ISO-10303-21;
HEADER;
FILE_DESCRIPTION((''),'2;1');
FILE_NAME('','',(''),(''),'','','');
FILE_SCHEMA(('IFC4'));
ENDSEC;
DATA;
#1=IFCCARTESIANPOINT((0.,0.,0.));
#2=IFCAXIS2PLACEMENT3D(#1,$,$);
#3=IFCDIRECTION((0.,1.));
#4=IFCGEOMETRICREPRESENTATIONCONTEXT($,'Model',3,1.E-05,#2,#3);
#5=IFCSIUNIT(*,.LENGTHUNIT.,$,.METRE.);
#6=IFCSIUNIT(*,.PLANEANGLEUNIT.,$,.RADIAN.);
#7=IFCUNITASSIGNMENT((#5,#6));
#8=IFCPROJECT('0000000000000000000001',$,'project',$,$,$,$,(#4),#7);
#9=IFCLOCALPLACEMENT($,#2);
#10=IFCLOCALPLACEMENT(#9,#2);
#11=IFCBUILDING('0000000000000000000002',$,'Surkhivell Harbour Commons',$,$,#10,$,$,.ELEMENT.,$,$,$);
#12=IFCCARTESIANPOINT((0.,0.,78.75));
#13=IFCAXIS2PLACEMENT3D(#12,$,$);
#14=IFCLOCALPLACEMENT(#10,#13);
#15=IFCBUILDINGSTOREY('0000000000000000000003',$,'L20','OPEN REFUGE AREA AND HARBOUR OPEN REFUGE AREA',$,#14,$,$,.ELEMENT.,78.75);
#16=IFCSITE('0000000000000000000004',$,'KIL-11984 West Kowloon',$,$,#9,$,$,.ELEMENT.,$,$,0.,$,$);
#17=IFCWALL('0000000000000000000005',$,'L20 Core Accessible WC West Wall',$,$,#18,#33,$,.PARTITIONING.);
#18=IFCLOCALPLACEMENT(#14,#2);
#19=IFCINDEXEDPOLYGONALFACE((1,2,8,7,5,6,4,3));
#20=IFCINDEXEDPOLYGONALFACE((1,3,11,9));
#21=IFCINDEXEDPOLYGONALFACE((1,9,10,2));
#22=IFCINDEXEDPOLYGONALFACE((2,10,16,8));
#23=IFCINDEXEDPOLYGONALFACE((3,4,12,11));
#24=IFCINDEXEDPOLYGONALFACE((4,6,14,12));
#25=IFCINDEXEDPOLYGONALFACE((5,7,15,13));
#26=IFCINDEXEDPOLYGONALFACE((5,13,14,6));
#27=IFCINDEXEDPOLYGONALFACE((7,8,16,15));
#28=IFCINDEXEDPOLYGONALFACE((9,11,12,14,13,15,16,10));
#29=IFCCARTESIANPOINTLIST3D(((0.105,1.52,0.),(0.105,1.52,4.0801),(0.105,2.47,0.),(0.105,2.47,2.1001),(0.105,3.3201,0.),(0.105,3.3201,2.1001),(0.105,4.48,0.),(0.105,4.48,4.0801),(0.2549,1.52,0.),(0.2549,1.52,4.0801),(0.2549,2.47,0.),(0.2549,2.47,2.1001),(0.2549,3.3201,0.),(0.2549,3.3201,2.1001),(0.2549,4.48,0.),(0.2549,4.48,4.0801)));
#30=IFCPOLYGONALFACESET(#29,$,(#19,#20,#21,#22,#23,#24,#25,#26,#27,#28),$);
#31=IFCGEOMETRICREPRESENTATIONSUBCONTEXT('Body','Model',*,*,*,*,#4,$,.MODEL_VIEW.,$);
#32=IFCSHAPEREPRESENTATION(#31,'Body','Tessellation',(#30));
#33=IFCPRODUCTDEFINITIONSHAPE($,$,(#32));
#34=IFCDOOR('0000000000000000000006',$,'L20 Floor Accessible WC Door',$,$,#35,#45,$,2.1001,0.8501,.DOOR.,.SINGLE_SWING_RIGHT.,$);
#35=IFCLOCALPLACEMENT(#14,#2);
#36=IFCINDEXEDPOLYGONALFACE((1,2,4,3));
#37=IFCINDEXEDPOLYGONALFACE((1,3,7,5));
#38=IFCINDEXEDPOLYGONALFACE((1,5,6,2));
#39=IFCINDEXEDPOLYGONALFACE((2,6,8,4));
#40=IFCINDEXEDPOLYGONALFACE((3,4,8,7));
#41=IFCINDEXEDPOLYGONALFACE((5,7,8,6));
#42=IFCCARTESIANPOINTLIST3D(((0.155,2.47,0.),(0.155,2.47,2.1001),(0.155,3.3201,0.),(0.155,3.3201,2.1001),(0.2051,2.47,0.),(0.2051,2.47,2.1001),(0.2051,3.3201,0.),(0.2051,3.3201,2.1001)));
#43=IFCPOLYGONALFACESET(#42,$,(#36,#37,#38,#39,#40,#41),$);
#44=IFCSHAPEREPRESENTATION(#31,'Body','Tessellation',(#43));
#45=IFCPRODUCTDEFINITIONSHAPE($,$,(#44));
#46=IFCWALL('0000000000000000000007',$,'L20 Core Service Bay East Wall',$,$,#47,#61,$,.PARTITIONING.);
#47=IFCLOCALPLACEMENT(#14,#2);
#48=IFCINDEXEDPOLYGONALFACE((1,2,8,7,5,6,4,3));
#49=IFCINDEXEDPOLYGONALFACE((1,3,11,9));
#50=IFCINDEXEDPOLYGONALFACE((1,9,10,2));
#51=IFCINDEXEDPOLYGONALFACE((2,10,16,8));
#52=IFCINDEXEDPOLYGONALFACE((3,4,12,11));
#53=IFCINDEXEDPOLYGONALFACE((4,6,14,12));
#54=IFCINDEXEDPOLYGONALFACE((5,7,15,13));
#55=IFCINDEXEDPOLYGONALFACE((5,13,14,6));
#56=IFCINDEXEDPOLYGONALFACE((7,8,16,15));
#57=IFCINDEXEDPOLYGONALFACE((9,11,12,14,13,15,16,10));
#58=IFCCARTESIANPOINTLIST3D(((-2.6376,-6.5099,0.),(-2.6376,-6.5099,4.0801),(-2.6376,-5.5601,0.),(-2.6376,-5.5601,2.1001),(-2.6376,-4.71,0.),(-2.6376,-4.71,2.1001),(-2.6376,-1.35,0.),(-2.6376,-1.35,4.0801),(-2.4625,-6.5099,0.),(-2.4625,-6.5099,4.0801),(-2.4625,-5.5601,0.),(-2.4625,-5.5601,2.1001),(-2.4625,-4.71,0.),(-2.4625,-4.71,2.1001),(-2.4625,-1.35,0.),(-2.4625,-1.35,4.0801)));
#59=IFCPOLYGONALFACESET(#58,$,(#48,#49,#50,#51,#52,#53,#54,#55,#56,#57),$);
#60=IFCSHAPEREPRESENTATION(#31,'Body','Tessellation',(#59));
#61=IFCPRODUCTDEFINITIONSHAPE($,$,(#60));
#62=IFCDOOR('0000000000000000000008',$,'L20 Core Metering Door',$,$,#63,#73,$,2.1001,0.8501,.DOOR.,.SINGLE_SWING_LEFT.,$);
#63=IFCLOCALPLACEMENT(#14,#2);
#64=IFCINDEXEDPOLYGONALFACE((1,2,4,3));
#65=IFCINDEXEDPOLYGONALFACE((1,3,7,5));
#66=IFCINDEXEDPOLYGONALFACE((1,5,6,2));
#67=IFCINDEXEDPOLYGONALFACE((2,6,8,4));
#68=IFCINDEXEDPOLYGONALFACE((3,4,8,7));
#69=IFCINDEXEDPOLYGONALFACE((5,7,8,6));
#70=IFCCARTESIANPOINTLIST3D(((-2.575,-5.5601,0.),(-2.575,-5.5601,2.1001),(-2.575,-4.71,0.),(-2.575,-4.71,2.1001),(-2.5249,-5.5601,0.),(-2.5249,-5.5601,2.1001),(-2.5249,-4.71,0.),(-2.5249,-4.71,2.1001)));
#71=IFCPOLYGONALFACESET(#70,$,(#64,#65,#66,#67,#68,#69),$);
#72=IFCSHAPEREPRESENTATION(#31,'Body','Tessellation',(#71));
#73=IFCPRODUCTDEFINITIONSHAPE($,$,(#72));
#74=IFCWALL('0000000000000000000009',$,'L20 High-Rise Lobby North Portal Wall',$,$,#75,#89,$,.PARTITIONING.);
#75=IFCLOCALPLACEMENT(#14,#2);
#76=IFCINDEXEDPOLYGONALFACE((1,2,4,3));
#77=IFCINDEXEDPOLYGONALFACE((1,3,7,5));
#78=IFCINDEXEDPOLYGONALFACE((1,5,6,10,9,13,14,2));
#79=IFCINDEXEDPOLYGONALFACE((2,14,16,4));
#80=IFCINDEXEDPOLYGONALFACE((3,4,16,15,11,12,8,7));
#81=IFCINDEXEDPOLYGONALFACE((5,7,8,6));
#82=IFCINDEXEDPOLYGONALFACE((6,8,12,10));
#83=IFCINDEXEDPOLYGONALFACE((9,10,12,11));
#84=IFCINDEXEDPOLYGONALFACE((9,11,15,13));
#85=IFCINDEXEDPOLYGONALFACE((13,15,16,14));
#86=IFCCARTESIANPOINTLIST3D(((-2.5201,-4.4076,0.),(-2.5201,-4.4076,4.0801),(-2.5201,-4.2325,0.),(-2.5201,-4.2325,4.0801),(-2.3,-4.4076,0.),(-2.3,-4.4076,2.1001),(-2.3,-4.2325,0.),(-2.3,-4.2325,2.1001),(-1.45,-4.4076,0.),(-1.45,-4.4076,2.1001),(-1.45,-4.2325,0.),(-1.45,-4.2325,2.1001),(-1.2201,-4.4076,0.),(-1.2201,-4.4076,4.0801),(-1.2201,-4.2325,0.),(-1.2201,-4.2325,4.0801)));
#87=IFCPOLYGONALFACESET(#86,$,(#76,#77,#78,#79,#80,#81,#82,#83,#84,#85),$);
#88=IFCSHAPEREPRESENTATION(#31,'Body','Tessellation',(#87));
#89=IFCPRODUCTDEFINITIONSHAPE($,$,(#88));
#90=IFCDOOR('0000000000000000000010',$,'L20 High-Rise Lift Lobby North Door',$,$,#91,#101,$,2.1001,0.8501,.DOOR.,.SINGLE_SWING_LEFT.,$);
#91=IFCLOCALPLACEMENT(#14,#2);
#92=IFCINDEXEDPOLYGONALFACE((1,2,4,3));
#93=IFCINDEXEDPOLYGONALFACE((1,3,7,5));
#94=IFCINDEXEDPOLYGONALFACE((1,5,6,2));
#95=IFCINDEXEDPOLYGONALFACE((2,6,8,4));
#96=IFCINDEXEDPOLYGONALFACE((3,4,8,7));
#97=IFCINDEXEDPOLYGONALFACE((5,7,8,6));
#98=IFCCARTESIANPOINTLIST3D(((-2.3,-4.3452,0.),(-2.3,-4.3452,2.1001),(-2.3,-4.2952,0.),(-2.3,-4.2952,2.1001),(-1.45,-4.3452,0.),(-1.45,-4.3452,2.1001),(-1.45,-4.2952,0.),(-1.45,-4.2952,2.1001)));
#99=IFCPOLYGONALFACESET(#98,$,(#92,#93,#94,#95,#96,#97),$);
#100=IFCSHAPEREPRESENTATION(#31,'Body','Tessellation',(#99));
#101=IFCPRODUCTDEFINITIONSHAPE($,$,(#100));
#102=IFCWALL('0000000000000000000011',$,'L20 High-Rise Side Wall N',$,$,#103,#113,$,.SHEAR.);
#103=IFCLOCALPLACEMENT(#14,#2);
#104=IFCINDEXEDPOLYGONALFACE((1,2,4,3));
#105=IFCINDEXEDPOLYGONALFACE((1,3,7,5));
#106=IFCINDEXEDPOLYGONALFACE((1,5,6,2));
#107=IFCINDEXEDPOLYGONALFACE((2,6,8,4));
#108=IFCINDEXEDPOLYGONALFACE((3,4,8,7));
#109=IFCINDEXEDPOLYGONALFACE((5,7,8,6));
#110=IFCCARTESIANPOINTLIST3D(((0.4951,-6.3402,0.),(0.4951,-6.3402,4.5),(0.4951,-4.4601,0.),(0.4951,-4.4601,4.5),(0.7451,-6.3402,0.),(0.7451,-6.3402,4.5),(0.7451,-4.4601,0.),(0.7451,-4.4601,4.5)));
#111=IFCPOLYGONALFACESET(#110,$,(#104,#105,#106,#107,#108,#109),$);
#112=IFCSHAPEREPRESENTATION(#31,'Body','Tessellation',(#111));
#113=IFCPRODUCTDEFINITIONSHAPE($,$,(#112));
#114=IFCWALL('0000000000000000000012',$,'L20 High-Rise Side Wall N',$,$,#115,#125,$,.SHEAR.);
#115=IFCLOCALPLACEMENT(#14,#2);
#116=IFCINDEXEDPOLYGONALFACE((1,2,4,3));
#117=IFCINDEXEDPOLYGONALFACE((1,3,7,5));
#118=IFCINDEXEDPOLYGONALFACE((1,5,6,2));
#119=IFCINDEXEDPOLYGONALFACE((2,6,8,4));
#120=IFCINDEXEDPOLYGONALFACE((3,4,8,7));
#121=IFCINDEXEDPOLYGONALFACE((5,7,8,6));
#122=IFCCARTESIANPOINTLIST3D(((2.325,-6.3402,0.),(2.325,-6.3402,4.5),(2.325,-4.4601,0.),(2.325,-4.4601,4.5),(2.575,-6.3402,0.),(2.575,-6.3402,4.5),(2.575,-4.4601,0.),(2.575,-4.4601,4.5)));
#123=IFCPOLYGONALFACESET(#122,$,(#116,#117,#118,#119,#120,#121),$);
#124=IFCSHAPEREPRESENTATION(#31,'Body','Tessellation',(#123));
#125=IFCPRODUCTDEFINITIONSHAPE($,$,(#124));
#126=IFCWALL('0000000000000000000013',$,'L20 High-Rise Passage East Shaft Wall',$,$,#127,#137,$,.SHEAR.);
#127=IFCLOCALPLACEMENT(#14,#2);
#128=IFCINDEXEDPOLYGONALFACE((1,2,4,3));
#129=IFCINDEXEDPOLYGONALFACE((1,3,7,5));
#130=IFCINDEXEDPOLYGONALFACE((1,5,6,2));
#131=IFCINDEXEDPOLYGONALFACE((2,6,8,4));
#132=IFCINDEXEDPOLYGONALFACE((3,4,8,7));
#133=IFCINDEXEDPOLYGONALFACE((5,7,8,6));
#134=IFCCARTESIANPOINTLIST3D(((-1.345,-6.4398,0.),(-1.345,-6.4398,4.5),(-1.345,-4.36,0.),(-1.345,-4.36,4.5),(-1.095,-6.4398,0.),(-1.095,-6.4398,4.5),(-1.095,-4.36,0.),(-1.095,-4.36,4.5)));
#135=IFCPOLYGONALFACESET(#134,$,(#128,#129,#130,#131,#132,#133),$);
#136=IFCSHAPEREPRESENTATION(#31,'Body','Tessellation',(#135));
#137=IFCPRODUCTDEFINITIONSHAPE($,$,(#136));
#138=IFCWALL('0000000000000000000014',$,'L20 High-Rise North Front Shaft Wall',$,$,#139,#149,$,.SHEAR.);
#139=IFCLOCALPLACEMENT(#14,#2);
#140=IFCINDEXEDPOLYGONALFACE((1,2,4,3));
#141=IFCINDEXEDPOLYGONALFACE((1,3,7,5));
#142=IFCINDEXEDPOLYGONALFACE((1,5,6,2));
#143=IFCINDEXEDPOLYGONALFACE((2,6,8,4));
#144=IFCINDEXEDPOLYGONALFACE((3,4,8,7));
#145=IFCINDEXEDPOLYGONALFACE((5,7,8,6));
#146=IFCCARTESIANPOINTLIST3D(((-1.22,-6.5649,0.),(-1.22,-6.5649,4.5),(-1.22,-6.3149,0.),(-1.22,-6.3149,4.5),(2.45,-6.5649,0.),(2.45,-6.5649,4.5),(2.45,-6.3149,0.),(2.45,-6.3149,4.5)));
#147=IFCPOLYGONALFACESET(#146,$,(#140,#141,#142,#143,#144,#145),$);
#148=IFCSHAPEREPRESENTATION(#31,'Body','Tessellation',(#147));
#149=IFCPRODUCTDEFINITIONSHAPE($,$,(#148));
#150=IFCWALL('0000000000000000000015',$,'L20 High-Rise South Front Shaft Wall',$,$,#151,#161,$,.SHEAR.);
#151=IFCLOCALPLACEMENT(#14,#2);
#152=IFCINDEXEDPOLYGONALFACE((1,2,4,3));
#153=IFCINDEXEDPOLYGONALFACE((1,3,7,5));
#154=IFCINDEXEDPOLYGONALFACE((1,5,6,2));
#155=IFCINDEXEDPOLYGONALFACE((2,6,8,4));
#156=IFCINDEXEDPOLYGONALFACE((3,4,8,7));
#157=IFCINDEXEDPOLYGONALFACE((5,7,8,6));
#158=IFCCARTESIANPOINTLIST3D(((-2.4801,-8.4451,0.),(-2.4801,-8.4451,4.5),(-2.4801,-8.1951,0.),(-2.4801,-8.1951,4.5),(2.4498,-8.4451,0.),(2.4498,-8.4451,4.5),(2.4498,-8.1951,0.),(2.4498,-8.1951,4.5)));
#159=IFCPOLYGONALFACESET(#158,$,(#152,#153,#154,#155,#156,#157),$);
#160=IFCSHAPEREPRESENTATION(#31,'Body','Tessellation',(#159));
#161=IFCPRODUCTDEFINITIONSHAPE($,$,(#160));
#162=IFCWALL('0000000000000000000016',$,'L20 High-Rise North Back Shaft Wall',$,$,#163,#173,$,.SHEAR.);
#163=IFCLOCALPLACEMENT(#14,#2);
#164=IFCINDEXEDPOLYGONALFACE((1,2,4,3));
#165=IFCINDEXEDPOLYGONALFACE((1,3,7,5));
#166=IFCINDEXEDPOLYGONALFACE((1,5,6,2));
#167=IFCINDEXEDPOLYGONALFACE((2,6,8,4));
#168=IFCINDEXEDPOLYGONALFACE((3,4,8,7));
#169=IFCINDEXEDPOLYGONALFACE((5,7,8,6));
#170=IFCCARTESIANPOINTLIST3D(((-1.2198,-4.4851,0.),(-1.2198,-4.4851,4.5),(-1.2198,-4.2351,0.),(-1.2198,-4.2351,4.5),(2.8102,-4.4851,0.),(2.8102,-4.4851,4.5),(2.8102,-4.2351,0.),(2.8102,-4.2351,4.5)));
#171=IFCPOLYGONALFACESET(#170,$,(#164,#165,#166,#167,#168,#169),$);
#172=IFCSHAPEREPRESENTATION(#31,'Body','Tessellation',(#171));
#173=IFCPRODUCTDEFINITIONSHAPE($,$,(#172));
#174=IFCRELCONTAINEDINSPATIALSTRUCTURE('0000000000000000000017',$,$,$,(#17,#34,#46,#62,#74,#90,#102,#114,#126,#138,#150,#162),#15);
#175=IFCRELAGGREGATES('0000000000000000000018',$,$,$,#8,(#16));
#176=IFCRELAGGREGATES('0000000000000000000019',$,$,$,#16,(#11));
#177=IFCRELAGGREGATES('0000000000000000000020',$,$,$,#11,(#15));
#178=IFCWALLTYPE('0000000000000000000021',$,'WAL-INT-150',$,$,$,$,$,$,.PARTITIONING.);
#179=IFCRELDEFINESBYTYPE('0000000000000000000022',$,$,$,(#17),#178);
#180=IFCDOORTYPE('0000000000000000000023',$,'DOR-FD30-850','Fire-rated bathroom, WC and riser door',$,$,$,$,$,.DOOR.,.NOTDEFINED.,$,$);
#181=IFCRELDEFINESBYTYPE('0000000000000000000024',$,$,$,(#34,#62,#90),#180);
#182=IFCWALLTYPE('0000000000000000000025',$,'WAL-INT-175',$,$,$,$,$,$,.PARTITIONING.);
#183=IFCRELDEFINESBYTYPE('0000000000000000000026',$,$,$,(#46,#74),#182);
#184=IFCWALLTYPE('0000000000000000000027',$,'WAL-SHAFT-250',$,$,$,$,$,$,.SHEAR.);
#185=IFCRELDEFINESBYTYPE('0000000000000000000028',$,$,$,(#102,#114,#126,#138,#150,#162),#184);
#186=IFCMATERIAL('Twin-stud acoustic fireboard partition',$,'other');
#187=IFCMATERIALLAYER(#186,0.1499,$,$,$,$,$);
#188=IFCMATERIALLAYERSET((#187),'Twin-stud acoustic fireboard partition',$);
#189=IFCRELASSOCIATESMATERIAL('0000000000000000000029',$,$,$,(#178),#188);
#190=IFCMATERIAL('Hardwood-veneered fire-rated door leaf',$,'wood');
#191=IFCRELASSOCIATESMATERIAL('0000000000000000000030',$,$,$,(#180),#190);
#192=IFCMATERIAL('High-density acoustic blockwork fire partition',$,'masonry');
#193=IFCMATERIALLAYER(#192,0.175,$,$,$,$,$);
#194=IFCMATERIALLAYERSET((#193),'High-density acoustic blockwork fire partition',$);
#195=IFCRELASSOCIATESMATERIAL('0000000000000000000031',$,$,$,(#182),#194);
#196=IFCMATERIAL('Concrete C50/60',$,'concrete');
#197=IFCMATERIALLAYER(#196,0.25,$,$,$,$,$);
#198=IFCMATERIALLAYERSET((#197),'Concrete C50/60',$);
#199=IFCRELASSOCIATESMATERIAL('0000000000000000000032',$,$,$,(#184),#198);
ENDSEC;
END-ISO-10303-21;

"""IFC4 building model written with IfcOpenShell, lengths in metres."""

from ifc_helpers import new_model, si_unit, direction, frame, frame_2d, origin, place, context, subcontext, project, spatial, rectangle, extrude, material, layer, layer_set, type_object, element, fill, save


model = new_model("IFC4")

# Units and contexts
model_context = context("Model", 3, precision=1e-05, world=origin(), true_north=direction((0.0, 1.0)))
body_context = subcontext(model_context, "Body", "Model", "MODEL_VIEW")
ifc_project = project(units=[si_unit("LENGTHUNIT", "METRE"), si_unit("PLANEANGLEUNIT", "RADIAN")], contexts=[model_context])

# Site, building, storey
site_placement = place(None, origin())
site = spatial("IfcSite", under=ifc_project, at=site_placement, Name="KIL-11984 West Kowloon", CompositionType="ELEMENT", RefElevation=0.0)
building_placement = place(site_placement, origin())
building = spatial("IfcBuilding", under=site, at=building_placement, Name="Surkhivell Harbour Commons", CompositionType="ELEMENT")
storey_placement = place(building_placement, frame((0.0, 0.0, 78.75)))
storey = spatial("IfcBuildingStorey", under=building, at=storey_placement, Name="L20", Description="OPEN REFUGE AREA AND HARBOUR OPEN REFUGE AREA", CompositionType="ELEMENT", Elevation=78.75)

# Shared definitions
ifc_material_1 = material(Name="Concrete C50/60", Category="concrete")

# Shared definitions
ifc_material_2 = material(Name="Twin-stud acoustic fireboard partition", Category="other")
ifc_layer_1 = layer(ifc_material_2, 0.1499)
ifc_layer_set_1 = layer_set([ifc_layer_1], Name="Twin-stud acoustic fireboard partition")
wall_type_1 = type_object("IfcWallType", Name="WAL-INT-150", PredefinedType="PARTITIONING", material=ifc_layer_set_1)

# Walls, openings, doors
wall_1_placement = place(storey_placement, frame((0.1799, 1.52, 0.0), z_axis=(0.0, 0.0, 1.0), x_axis=(0.0, 1.0, 0.0)))
wall_1 = element("IfcWall", 1, at=wall_1_placement, inside=storey, type_object=wall_type_1, Name="L20 Core Accessible WC West Wall", PredefinedType="PARTITIONING", context=body_context, shape_type="SweptSolid", body=[
    extrude(rectangle(XDim=2.96, YDim=0.1499, at=frame_2d((1.48, 0.0))), origin(), (0.0, 0.0, 1.0), 4.0801),
])
opening_1_placement = place(wall_1_placement, frame((0.95, 0.0, 0.0)))
opening_1 = element("IfcOpeningElement", 2, at=opening_1_placement, cuts=wall_1, PredefinedType="OPENING", context=body_context, shape_type="SweptSolid", body=[
    extrude(rectangle(XDim=0.8501, YDim=2.1001, at=frame_2d((0.425, 1.05))), frame((0.0, 0.085, 0.0), z_axis=(0.0, -1.0, 0.0), x_axis=(1.0, 0.0, 0.0)), (0.0, 0.0, 1.0), 0.1699),
])
ifc_material_3 = material(Name="Hardwood-veneered fire-rated door leaf", Category="wood")
door_type_1 = type_object("IfcDoorType", Name="DOR-FD30-850", Description="Fire-rated bathroom, WC and riser door", OperationType="NOTDEFINED", PredefinedType="DOOR", material=ifc_material_3)
door_1_placement = place(opening_1_placement, origin())
door_1 = element("IfcDoor", 3, at=door_1_placement, inside=storey, type_object=door_type_1, Name="L20 Floor Accessible WC Door", OperationType="SINGLE_SWING_RIGHT", OverallHeight=2.1001, OverallWidth=0.8501, PredefinedType="DOOR", context=body_context, shape_type="SweptSolid", body=[
    extrude(rectangle(XDim=0.8501, YDim=2.1001, at=frame_2d((0.425, 1.05))), frame((0.0, 0.0249, 0.0), z_axis=(0.0, -1.0, 0.0), x_axis=(1.0, 0.0, 0.0)), (0.0, 0.0, 1.0), 0.05),
])
fill(opening_1, door_1)
ifc_material_4 = material(Name="High-density acoustic blockwork fire partition", Category="masonry")
ifc_layer_2 = layer(ifc_material_4, 0.175)
ifc_layer_set_2 = layer_set([ifc_layer_2], Name="High-density acoustic blockwork fire partition")
wall_type_2 = type_object("IfcWallType", Name="WAL-INT-175", PredefinedType="PARTITIONING", material=ifc_layer_set_2)
wall_2_placement = place(storey_placement, frame((-2.55, -6.51, 0.0), z_axis=(0.0, 0.0, 1.0), x_axis=(0.0, 1.0, 0.0)))
wall_2 = element("IfcWall", 4, at=wall_2_placement, inside=storey, type_object=wall_type_2, Name="L20 Core Service Bay East Wall", PredefinedType="PARTITIONING", context=body_context, shape_type="SweptSolid", body=[
    extrude(rectangle(XDim=5.1599, YDim=0.175, at=frame_2d((2.5801, 0.0))), origin(), (0.0, 0.0, 1.0), 4.0801),
])
opening_2_placement = place(wall_2_placement, frame((0.95, 0.0, 0.0)))
opening_2 = element("IfcOpeningElement", 5, at=opening_2_placement, cuts=wall_2, PredefinedType="OPENING", context=body_context, shape_type="SweptSolid", body=[
    extrude(rectangle(XDim=0.8501, YDim=2.1001, at=frame_2d((0.425, 1.05))), frame((0.0, 0.0974, 0.0), z_axis=(0.0, -1.0, 0.0), x_axis=(1.0, 0.0, 0.0)), (0.0, 0.0, 1.0), 0.1951),
])
door_2_placement = place(opening_2_placement, origin())
door_2 = element("IfcDoor", 6, at=door_2_placement, inside=storey, type_object=door_type_1, Name="L20 Core Metering Door", OperationType="SINGLE_SWING_LEFT", OverallHeight=2.1001, OverallWidth=0.8501, PredefinedType="DOOR", context=body_context, shape_type="SweptSolid", body=[
    extrude(rectangle(XDim=0.8501, YDim=2.1001, at=frame_2d((0.425, 1.05))), frame((0.0, 0.0249, 0.0), z_axis=(0.0, -1.0, 0.0), x_axis=(1.0, 0.0, 0.0)), (0.0, 0.0, 1.0), 0.05),
])
fill(opening_2, door_2)
wall_3_placement = place(storey_placement, frame((-2.52, -4.3201, 0.0), z_axis=(0.0, 0.0, 1.0), x_axis=(1.0, 0.0, 0.0)))
wall_3 = element("IfcWall", 7, at=wall_3_placement, inside=storey, type_object=wall_type_2, Name="L20 High-Rise Lobby North Portal Wall", PredefinedType="PARTITIONING", context=body_context, shape_type="SweptSolid", body=[
    extrude(rectangle(XDim=1.3, YDim=0.175, at=frame_2d((0.6499, 0.0))), origin(), (0.0, 0.0, 1.0), 4.0801),
])
opening_3_placement = place(wall_3_placement, frame((0.22, 0.0, 0.0)))
opening_3 = element("IfcOpeningElement", 8, at=opening_3_placement, cuts=wall_3, PredefinedType="OPENING", context=body_context, shape_type="SweptSolid", body=[
    extrude(rectangle(XDim=0.8501, YDim=2.1001, at=frame_2d((0.425, 1.05))), frame((0.0, 0.0974, 0.0), z_axis=(0.0, -1.0, 0.0), x_axis=(1.0, 0.0, 0.0)), (0.0, 0.0, 1.0), 0.1951),
])
door_3_placement = place(opening_3_placement, origin())
door_3 = element("IfcDoor", 9, at=door_3_placement, inside=storey, type_object=door_type_1, Name="L20 High-Rise Lift Lobby North Door", OperationType="SINGLE_SWING_LEFT", OverallHeight=2.1001, OverallWidth=0.8501, PredefinedType="DOOR", context=body_context, shape_type="SweptSolid", body=[
    extrude(rectangle(XDim=0.8501, YDim=2.1001, at=frame_2d((0.425, 1.05))), frame((0.0, 0.0249, 0.0), z_axis=(0.0, -1.0, 0.0), x_axis=(1.0, 0.0, 0.0)), (0.0, 0.0, 1.0), 0.05),
])
fill(opening_3, door_3)

# Walls
ifc_layer_3 = layer(ifc_material_1, 0.25)
ifc_layer_set_3 = layer_set([ifc_layer_3], Name="Concrete C50/60")
wall_type_3 = type_object("IfcWallType", Name="WAL-SHAFT-250", PredefinedType="SHEAR", material=ifc_layer_set_3)
for number, where, z_axis, x_axis, name in (
    (10, (0.6201, -6.3401, 0.0), (0.0, 0.0, 1.0), (0.0, 1.0, 0.0), "L20 High-Rise Side Wall N"),
    (11, (2.45, -6.3401, 0.0), (0.0, 0.0, 1.0), (0.0, 1.0, 0.0), "L20 High-Rise Side Wall N"),
):
    element("IfcWall", number, at=place(storey_placement, frame(where, z_axis=z_axis, x_axis=x_axis)), inside=storey, type_object=wall_type_3, Name=name, PredefinedType="SHEAR", context=body_context, shape_type="SweptSolid", body=[
        extrude(rectangle(XDim=1.8801, YDim=0.25, at=frame_2d((0.9399, 0.0))), origin(), (0.0, 0.0, 1.0), 4.5),
    ])
wall_4_placement = place(storey_placement, frame((-1.22, -6.4399, 0.0), z_axis=(0.0, 0.0, 1.0), x_axis=(0.0, 1.0, 0.0)))
element("IfcWall", 12, at=wall_4_placement, inside=storey, type_object=wall_type_3, Name="L20 High-Rise Passage East Shaft Wall", PredefinedType="SHEAR", context=body_context, shape_type="SweptSolid", body=[
    extrude(rectangle(XDim=2.0798, YDim=0.25, at=frame_2d((1.04, 0.0))), origin(), (0.0, 0.0, 1.0), 4.5),
])
wall_5_placement = place(storey_placement, frame((-1.22, -6.4399, 0.0), z_axis=(0.0, 0.0, 1.0), x_axis=(1.0, 0.0, 0.0)))
element("IfcWall", 13, at=wall_5_placement, inside=storey, type_object=wall_type_3, Name="L20 High-Rise North Front Shaft Wall", PredefinedType="SHEAR", context=body_context, shape_type="SweptSolid", body=[
    extrude(rectangle(XDim=3.6699, YDim=0.25, at=frame_2d((1.835, 0.0))), origin(), (0.0, 0.0, 1.0), 4.5),
])
wall_6_placement = place(storey_placement, frame((-2.48, -8.3201, 0.0), z_axis=(0.0, 0.0, 1.0), x_axis=(1.0, 0.0, 0.0)))
element("IfcWall", 14, at=wall_6_placement, inside=storey, type_object=wall_type_3, Name="L20 High-Rise South Front Shaft Wall", PredefinedType="SHEAR", context=body_context, shape_type="SweptSolid", body=[
    extrude(rectangle(XDim=4.9299, YDim=0.25, at=frame_2d((2.4648, 0.0))), origin(), (0.0, 0.0, 1.0), 4.5),
])
wall_7_placement = place(storey_placement, frame((-1.22, -4.3601, 0.0), z_axis=(0.0, 0.0, 1.0), x_axis=(1.0, 0.0, 0.0)))
element("IfcWall", 15, at=wall_7_placement, inside=storey, type_object=wall_type_3, Name="L20 High-Rise North Back Shaft Wall", PredefinedType="SHEAR", context=body_context, shape_type="SweptSolid", body=[
    extrude(rectangle(XDim=4.03, YDim=0.25, at=frame_2d((2.0151, 0.0))), origin(), (0.0, 0.0, 1.0), 4.5),
])

save(model, "model.ifc")
